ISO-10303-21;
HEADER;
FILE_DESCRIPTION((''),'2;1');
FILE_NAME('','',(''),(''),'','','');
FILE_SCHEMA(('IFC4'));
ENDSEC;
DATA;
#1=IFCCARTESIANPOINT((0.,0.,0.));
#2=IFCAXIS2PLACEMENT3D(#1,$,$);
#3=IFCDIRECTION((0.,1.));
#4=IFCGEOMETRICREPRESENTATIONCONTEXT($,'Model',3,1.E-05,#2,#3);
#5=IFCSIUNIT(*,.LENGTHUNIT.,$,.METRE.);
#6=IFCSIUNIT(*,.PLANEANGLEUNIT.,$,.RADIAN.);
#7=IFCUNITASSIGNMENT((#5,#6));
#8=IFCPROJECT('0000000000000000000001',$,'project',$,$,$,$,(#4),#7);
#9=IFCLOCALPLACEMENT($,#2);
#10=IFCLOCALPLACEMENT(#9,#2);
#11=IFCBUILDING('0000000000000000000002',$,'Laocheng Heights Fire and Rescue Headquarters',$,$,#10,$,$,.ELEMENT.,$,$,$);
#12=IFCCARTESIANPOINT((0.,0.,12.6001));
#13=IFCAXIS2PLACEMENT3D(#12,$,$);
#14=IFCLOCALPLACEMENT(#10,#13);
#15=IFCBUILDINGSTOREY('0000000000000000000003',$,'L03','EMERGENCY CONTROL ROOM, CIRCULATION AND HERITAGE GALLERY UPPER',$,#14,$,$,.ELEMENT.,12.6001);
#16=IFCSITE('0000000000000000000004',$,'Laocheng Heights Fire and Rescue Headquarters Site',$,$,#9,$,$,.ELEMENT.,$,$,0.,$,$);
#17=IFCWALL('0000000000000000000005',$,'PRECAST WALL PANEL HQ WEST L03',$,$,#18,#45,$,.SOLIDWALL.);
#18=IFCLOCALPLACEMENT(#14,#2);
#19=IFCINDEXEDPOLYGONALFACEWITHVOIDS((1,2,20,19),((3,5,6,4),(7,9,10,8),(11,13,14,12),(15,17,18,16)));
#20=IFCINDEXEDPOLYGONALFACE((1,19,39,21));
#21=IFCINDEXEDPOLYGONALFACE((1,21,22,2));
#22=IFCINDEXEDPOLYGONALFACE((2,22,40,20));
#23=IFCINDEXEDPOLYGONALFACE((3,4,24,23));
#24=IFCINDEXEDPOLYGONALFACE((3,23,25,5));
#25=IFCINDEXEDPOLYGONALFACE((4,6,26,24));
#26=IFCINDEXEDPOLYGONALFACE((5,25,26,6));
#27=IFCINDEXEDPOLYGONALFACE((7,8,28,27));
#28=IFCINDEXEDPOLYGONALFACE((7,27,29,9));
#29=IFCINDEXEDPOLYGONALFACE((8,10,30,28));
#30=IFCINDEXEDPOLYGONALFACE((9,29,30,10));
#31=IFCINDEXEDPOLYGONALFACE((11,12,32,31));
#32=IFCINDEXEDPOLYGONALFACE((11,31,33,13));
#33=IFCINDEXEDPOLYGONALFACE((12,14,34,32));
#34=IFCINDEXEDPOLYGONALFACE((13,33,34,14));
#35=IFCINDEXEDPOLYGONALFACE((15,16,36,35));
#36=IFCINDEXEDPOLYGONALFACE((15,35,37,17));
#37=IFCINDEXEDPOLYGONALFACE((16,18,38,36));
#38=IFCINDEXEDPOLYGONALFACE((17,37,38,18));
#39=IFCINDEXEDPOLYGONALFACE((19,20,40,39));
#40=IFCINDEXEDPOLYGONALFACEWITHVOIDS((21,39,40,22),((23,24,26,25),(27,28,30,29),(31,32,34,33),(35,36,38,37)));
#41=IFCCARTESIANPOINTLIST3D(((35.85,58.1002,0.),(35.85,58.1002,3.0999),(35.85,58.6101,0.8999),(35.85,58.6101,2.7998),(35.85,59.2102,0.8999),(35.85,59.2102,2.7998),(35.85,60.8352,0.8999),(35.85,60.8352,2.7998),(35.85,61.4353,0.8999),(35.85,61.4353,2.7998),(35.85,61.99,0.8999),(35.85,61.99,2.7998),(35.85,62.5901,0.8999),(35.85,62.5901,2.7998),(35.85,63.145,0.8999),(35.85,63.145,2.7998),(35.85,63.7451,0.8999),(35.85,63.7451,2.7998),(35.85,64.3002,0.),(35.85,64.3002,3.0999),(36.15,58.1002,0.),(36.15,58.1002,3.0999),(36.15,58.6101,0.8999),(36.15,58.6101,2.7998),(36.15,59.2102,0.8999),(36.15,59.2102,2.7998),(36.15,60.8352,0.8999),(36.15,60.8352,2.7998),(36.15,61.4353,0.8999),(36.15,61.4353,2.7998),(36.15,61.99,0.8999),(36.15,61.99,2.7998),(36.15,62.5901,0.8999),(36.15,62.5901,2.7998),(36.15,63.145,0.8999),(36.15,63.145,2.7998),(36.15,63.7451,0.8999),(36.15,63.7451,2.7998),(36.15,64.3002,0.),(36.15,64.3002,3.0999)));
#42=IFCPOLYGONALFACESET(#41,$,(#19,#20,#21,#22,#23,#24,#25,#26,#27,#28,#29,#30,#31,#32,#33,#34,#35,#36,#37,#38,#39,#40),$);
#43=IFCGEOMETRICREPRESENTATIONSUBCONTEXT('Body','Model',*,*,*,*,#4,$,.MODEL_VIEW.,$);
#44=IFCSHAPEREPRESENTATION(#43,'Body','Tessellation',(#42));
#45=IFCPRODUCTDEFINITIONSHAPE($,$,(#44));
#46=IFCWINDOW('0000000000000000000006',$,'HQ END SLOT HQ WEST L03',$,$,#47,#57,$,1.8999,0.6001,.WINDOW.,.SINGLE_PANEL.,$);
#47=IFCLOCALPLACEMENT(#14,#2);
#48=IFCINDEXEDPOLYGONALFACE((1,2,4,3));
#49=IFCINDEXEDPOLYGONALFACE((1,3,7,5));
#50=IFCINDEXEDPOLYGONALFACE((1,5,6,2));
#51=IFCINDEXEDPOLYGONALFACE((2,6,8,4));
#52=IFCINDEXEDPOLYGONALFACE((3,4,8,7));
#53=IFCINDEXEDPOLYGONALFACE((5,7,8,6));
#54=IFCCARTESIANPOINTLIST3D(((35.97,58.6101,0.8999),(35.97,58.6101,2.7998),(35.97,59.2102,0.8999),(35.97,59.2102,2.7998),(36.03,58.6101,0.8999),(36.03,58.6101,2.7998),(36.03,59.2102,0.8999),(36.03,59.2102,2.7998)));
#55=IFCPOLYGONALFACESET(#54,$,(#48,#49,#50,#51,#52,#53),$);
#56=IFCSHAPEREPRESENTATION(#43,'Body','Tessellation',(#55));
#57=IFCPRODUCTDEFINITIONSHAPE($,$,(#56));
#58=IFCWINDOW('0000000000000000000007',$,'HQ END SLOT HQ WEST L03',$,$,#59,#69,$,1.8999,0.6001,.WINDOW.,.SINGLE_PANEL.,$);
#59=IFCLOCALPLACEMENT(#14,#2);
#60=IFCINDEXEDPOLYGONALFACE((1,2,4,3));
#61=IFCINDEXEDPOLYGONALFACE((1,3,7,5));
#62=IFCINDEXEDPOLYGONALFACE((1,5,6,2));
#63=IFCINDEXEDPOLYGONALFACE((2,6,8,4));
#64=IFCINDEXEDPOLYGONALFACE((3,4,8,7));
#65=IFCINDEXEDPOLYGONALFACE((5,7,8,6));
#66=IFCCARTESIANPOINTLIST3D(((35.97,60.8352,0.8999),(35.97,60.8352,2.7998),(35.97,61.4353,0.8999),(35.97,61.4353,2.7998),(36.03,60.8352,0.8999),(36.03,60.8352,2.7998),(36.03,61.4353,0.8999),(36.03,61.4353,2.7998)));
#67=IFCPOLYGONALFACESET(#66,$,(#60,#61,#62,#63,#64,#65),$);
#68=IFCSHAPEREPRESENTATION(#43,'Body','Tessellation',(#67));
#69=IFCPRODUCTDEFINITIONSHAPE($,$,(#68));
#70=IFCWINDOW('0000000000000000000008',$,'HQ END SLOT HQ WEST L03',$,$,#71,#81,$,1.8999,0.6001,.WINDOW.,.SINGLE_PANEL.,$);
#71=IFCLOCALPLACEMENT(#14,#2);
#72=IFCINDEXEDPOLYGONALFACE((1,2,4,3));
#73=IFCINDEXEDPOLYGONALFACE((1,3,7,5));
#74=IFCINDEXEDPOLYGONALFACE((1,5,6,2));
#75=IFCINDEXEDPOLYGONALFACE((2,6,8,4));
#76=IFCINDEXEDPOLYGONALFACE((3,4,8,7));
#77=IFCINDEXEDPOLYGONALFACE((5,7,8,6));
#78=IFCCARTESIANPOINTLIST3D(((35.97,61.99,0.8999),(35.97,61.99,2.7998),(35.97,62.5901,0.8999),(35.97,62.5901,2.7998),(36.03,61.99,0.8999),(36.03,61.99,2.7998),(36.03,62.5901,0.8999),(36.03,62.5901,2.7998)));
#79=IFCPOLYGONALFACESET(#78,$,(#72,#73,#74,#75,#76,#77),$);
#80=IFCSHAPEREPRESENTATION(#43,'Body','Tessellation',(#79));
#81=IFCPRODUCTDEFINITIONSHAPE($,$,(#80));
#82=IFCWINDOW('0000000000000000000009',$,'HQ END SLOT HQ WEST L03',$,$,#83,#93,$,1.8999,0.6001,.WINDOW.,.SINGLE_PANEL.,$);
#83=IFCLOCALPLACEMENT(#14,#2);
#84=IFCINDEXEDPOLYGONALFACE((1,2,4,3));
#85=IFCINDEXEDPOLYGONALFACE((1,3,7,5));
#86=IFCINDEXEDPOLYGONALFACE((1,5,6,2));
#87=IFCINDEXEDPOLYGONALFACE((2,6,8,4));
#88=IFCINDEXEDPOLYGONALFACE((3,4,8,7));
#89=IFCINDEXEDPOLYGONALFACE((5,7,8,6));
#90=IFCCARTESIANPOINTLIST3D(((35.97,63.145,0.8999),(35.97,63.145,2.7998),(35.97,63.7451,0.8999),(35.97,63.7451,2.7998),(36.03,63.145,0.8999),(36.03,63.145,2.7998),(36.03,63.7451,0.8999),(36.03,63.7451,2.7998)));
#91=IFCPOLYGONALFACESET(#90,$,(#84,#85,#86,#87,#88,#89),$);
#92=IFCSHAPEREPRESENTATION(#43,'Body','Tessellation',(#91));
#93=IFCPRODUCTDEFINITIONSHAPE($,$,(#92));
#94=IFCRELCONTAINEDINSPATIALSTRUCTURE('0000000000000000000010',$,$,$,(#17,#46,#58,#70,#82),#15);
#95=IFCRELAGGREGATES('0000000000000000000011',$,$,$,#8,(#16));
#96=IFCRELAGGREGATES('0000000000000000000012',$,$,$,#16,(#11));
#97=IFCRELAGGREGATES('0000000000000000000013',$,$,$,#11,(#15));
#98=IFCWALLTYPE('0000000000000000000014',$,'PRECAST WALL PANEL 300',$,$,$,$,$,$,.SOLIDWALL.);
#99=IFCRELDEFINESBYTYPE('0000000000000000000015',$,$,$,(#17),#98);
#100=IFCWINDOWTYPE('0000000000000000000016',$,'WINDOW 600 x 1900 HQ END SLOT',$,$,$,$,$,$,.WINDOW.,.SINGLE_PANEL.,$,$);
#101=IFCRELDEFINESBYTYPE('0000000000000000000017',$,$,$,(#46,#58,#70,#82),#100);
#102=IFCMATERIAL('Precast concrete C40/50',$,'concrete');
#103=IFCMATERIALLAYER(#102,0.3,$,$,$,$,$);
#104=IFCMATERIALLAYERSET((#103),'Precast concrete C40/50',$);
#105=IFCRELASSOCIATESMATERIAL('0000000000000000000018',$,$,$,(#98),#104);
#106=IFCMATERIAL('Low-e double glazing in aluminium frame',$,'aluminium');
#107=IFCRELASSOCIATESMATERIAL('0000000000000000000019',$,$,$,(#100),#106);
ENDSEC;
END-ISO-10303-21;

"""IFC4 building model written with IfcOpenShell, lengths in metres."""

from ifc_helpers import new_model, si_unit, direction, frame, frame_2d, origin, place, context, subcontext, project, spatial, rectangle, extrude, material, layer, layer_set, type_object, element, fill, save


model = new_model("IFC4")

# Units and contexts
model_context = context("Model", 3, precision=1e-05, world=origin(), true_north=direction((0.0, 1.0)))
body_context = subcontext(model_context, "Body", "Model", "MODEL_VIEW")
ifc_project = project(units=[si_unit("LENGTHUNIT", "METRE"), si_unit("PLANEANGLEUNIT", "RADIAN")], contexts=[model_context])

# Site, building, storey
site_placement = place(None, origin())
site = spatial("IfcSite", under=ifc_project, at=site_placement, Name="Laocheng Heights Fire and Rescue Headquarters Site", CompositionType="ELEMENT", RefElevation=0.0)
building_placement = place(site_placement, origin())
building = spatial("IfcBuilding", under=site, at=building_placement, Name="Laocheng Heights Fire and Rescue Headquarters", CompositionType="ELEMENT")
storey_placement = place(building_placement, frame((0.0, 0.0, 12.6001)))
storey = spatial("IfcBuildingStorey", under=building, at=storey_placement, Name="L03", Description="EMERGENCY CONTROL ROOM, CIRCULATION AND HERITAGE GALLERY UPPER", CompositionType="ELEMENT", Elevation=12.6001)

# Wall, openings, windows
ifc_material_1 = material(Name="Precast concrete C40/50", Category="concrete")
ifc_layer_1 = layer(ifc_material_1, 0.3)
ifc_layer_set_1 = layer_set([ifc_layer_1], Name="Precast concrete C40/50")
wall_type_1 = type_object("IfcWallType", Name="PRECAST WALL PANEL 300", PredefinedType="SOLIDWALL", material=ifc_layer_set_1)
wall_1_placement = place(storey_placement, frame((36.0, 58.1001, 0.0), z_axis=(0.0, 0.0, 1.0), x_axis=(0.0, 1.0, 0.0)))
wall_1 = element("IfcWall", 1, at=wall_1_placement, inside=storey, type_object=wall_type_1, Name="PRECAST WALL PANEL HQ WEST L03", PredefinedType="SOLIDWALL", context=body_context, shape_type="SweptSolid", body=[
    extrude(rectangle(XDim=6.2, YDim=0.3, at=frame_2d((3.1001, 0.0))), origin(), (0.0, 0.0, 1.0), 3.0999),
])
opening_1_placement = place(wall_1_placement, frame((0.51, 0.0, 0.8999)))
opening_1 = element("IfcOpeningElement", 2, at=opening_1_placement, cuts=wall_1, PredefinedType="OPENING", context=body_context, shape_type="SweptSolid", body=[
    extrude(rectangle(XDim=0.6001, YDim=1.8999, at=frame_2d((0.3, 0.95))), frame((0.0, 0.1599, 0.0), z_axis=(0.0, -1.0, 0.0), x_axis=(1.0, 0.0, 0.0)), (0.0, 0.0, 1.0), 0.3201),
])
opening_2_placement = place(wall_1_placement, frame((2.7351, 0.0, 0.8999)))
opening_2 = element("IfcOpeningElement", 3, at=opening_2_placement, cuts=wall_1, PredefinedType="OPENING", context=body_context, shape_type="SweptSolid", body=[
    extrude(rectangle(XDim=0.6001, YDim=1.8999, at=frame_2d((0.3, 0.95))), frame((0.0, 0.1599, 0.0), z_axis=(0.0, -1.0, 0.0), x_axis=(1.0, 0.0, 0.0)), (0.0, 0.0, 1.0), 0.3201),
])
opening_3_placement = place(wall_1_placement, frame((3.8899, 0.0, 0.8999)))
opening_3 = element("IfcOpeningElement", 4, at=opening_3_placement, cuts=wall_1, PredefinedType="OPENING", context=body_context, shape_type="SweptSolid", body=[
    extrude(rectangle(XDim=0.6001, YDim=1.8999, at=frame_2d((0.3, 0.95))), frame((0.0, 0.1599, 0.0), z_axis=(0.0, -1.0, 0.0), x_axis=(1.0, 0.0, 0.0)), (0.0, 0.0, 1.0), 0.3201),
])
opening_4_placement = place(wall_1_placement, frame((5.0449, 0.0, 0.8999)))
opening_4 = element("IfcOpeningElement", 5, at=opening_4_placement, cuts=wall_1, PredefinedType="OPENING", context=body_context, shape_type="SweptSolid", body=[
    extrude(rectangle(XDim=0.6001, YDim=1.8999, at=frame_2d((0.3, 0.95))), frame((0.0, 0.1599, 0.0), z_axis=(0.0, -1.0, 0.0), x_axis=(1.0, 0.0, 0.0)), (0.0, 0.0, 1.0), 0.3201),
])
ifc_material_2 = material(Name="Low-e double glazing in aluminium frame", Category="aluminium")
window_type = type_object("IfcWindowType", Name="WINDOW 600 x 1900 HQ END SLOT", PartitioningType="SINGLE_PANEL", PredefinedType="WINDOW", material=ifc_material_2)
window_1_placement = place(opening_1_placement, origin())
window_1 = element("IfcWindow", 6, at=window_1_placement, inside=storey, type_object=window_type, Name="HQ END SLOT HQ WEST L03", OverallHeight=1.8999, OverallWidth=0.6001, PartitioningType="SINGLE_PANEL", PredefinedType="WINDOW", context=body_context, shape_type="SweptSolid", body=[
    extrude(rectangle(XDim=0.6001, YDim=1.8999, at=frame_2d((0.3, 0.95))), frame((0.0, 0.03, 0.0), z_axis=(0.0, -1.0, 0.0), x_axis=(1.0, 0.0, 0.0)), (0.0, 0.0, 1.0), 0.0601),
])
fill(opening_1, window_1)
window_2_placement = place(opening_2_placement, origin())
window_2 = element("IfcWindow", 7, at=window_2_placement, inside=storey, type_object=window_type, Name="HQ END SLOT HQ WEST L03", OverallHeight=1.8999, OverallWidth=0.6001, PartitioningType="SINGLE_PANEL", PredefinedType="WINDOW", context=body_context, shape_type="SweptSolid", body=[
    extrude(rectangle(XDim=0.6001, YDim=1.8999, at=frame_2d((0.3, 0.95))), frame((0.0, 0.03, 0.0), z_axis=(0.0, -1.0, 0.0), x_axis=(1.0, 0.0, 0.0)), (0.0, 0.0, 1.0), 0.0601),
])
fill(opening_2, window_2)
window_3_placement = place(opening_3_placement, origin())
window_3 = element("IfcWindow", 8, at=window_3_placement, inside=storey, type_object=window_type, Name="HQ END SLOT HQ WEST L03", OverallHeight=1.8999, OverallWidth=0.6001, PartitioningType="SINGLE_PANEL", PredefinedType="WINDOW", context=body_context, shape_type="SweptSolid", body=[
    extrude(rectangle(XDim=0.6001, YDim=1.8999, at=frame_2d((0.3, 0.95))), frame((0.0, 0.03, 0.0), z_axis=(0.0, -1.0, 0.0), x_axis=(1.0, 0.0, 0.0)), (0.0, 0.0, 1.0), 0.0601),
])
fill(opening_3, window_3)
window_4_placement = place(opening_4_placement, origin())
window_4 = element("IfcWindow", 9, at=window_4_placement, inside=storey, type_object=window_type, Name="HQ END SLOT HQ WEST L03", OverallHeight=1.8999, OverallWidth=0.6001, PartitioningType="SINGLE_PANEL", PredefinedType="WINDOW", context=body_context, shape_type="SweptSolid", body=[
    extrude(rectangle(XDim=0.6001, YDim=1.8999, at=frame_2d((0.3, 0.95))), frame((0.0, 0.03, 0.0), z_axis=(0.0, -1.0, 0.0), x_axis=(1.0, 0.0, 0.0)), (0.0, 0.0, 1.0), 0.0601),
])
fill(opening_4, window_4)

save(model, "model.ifc")
